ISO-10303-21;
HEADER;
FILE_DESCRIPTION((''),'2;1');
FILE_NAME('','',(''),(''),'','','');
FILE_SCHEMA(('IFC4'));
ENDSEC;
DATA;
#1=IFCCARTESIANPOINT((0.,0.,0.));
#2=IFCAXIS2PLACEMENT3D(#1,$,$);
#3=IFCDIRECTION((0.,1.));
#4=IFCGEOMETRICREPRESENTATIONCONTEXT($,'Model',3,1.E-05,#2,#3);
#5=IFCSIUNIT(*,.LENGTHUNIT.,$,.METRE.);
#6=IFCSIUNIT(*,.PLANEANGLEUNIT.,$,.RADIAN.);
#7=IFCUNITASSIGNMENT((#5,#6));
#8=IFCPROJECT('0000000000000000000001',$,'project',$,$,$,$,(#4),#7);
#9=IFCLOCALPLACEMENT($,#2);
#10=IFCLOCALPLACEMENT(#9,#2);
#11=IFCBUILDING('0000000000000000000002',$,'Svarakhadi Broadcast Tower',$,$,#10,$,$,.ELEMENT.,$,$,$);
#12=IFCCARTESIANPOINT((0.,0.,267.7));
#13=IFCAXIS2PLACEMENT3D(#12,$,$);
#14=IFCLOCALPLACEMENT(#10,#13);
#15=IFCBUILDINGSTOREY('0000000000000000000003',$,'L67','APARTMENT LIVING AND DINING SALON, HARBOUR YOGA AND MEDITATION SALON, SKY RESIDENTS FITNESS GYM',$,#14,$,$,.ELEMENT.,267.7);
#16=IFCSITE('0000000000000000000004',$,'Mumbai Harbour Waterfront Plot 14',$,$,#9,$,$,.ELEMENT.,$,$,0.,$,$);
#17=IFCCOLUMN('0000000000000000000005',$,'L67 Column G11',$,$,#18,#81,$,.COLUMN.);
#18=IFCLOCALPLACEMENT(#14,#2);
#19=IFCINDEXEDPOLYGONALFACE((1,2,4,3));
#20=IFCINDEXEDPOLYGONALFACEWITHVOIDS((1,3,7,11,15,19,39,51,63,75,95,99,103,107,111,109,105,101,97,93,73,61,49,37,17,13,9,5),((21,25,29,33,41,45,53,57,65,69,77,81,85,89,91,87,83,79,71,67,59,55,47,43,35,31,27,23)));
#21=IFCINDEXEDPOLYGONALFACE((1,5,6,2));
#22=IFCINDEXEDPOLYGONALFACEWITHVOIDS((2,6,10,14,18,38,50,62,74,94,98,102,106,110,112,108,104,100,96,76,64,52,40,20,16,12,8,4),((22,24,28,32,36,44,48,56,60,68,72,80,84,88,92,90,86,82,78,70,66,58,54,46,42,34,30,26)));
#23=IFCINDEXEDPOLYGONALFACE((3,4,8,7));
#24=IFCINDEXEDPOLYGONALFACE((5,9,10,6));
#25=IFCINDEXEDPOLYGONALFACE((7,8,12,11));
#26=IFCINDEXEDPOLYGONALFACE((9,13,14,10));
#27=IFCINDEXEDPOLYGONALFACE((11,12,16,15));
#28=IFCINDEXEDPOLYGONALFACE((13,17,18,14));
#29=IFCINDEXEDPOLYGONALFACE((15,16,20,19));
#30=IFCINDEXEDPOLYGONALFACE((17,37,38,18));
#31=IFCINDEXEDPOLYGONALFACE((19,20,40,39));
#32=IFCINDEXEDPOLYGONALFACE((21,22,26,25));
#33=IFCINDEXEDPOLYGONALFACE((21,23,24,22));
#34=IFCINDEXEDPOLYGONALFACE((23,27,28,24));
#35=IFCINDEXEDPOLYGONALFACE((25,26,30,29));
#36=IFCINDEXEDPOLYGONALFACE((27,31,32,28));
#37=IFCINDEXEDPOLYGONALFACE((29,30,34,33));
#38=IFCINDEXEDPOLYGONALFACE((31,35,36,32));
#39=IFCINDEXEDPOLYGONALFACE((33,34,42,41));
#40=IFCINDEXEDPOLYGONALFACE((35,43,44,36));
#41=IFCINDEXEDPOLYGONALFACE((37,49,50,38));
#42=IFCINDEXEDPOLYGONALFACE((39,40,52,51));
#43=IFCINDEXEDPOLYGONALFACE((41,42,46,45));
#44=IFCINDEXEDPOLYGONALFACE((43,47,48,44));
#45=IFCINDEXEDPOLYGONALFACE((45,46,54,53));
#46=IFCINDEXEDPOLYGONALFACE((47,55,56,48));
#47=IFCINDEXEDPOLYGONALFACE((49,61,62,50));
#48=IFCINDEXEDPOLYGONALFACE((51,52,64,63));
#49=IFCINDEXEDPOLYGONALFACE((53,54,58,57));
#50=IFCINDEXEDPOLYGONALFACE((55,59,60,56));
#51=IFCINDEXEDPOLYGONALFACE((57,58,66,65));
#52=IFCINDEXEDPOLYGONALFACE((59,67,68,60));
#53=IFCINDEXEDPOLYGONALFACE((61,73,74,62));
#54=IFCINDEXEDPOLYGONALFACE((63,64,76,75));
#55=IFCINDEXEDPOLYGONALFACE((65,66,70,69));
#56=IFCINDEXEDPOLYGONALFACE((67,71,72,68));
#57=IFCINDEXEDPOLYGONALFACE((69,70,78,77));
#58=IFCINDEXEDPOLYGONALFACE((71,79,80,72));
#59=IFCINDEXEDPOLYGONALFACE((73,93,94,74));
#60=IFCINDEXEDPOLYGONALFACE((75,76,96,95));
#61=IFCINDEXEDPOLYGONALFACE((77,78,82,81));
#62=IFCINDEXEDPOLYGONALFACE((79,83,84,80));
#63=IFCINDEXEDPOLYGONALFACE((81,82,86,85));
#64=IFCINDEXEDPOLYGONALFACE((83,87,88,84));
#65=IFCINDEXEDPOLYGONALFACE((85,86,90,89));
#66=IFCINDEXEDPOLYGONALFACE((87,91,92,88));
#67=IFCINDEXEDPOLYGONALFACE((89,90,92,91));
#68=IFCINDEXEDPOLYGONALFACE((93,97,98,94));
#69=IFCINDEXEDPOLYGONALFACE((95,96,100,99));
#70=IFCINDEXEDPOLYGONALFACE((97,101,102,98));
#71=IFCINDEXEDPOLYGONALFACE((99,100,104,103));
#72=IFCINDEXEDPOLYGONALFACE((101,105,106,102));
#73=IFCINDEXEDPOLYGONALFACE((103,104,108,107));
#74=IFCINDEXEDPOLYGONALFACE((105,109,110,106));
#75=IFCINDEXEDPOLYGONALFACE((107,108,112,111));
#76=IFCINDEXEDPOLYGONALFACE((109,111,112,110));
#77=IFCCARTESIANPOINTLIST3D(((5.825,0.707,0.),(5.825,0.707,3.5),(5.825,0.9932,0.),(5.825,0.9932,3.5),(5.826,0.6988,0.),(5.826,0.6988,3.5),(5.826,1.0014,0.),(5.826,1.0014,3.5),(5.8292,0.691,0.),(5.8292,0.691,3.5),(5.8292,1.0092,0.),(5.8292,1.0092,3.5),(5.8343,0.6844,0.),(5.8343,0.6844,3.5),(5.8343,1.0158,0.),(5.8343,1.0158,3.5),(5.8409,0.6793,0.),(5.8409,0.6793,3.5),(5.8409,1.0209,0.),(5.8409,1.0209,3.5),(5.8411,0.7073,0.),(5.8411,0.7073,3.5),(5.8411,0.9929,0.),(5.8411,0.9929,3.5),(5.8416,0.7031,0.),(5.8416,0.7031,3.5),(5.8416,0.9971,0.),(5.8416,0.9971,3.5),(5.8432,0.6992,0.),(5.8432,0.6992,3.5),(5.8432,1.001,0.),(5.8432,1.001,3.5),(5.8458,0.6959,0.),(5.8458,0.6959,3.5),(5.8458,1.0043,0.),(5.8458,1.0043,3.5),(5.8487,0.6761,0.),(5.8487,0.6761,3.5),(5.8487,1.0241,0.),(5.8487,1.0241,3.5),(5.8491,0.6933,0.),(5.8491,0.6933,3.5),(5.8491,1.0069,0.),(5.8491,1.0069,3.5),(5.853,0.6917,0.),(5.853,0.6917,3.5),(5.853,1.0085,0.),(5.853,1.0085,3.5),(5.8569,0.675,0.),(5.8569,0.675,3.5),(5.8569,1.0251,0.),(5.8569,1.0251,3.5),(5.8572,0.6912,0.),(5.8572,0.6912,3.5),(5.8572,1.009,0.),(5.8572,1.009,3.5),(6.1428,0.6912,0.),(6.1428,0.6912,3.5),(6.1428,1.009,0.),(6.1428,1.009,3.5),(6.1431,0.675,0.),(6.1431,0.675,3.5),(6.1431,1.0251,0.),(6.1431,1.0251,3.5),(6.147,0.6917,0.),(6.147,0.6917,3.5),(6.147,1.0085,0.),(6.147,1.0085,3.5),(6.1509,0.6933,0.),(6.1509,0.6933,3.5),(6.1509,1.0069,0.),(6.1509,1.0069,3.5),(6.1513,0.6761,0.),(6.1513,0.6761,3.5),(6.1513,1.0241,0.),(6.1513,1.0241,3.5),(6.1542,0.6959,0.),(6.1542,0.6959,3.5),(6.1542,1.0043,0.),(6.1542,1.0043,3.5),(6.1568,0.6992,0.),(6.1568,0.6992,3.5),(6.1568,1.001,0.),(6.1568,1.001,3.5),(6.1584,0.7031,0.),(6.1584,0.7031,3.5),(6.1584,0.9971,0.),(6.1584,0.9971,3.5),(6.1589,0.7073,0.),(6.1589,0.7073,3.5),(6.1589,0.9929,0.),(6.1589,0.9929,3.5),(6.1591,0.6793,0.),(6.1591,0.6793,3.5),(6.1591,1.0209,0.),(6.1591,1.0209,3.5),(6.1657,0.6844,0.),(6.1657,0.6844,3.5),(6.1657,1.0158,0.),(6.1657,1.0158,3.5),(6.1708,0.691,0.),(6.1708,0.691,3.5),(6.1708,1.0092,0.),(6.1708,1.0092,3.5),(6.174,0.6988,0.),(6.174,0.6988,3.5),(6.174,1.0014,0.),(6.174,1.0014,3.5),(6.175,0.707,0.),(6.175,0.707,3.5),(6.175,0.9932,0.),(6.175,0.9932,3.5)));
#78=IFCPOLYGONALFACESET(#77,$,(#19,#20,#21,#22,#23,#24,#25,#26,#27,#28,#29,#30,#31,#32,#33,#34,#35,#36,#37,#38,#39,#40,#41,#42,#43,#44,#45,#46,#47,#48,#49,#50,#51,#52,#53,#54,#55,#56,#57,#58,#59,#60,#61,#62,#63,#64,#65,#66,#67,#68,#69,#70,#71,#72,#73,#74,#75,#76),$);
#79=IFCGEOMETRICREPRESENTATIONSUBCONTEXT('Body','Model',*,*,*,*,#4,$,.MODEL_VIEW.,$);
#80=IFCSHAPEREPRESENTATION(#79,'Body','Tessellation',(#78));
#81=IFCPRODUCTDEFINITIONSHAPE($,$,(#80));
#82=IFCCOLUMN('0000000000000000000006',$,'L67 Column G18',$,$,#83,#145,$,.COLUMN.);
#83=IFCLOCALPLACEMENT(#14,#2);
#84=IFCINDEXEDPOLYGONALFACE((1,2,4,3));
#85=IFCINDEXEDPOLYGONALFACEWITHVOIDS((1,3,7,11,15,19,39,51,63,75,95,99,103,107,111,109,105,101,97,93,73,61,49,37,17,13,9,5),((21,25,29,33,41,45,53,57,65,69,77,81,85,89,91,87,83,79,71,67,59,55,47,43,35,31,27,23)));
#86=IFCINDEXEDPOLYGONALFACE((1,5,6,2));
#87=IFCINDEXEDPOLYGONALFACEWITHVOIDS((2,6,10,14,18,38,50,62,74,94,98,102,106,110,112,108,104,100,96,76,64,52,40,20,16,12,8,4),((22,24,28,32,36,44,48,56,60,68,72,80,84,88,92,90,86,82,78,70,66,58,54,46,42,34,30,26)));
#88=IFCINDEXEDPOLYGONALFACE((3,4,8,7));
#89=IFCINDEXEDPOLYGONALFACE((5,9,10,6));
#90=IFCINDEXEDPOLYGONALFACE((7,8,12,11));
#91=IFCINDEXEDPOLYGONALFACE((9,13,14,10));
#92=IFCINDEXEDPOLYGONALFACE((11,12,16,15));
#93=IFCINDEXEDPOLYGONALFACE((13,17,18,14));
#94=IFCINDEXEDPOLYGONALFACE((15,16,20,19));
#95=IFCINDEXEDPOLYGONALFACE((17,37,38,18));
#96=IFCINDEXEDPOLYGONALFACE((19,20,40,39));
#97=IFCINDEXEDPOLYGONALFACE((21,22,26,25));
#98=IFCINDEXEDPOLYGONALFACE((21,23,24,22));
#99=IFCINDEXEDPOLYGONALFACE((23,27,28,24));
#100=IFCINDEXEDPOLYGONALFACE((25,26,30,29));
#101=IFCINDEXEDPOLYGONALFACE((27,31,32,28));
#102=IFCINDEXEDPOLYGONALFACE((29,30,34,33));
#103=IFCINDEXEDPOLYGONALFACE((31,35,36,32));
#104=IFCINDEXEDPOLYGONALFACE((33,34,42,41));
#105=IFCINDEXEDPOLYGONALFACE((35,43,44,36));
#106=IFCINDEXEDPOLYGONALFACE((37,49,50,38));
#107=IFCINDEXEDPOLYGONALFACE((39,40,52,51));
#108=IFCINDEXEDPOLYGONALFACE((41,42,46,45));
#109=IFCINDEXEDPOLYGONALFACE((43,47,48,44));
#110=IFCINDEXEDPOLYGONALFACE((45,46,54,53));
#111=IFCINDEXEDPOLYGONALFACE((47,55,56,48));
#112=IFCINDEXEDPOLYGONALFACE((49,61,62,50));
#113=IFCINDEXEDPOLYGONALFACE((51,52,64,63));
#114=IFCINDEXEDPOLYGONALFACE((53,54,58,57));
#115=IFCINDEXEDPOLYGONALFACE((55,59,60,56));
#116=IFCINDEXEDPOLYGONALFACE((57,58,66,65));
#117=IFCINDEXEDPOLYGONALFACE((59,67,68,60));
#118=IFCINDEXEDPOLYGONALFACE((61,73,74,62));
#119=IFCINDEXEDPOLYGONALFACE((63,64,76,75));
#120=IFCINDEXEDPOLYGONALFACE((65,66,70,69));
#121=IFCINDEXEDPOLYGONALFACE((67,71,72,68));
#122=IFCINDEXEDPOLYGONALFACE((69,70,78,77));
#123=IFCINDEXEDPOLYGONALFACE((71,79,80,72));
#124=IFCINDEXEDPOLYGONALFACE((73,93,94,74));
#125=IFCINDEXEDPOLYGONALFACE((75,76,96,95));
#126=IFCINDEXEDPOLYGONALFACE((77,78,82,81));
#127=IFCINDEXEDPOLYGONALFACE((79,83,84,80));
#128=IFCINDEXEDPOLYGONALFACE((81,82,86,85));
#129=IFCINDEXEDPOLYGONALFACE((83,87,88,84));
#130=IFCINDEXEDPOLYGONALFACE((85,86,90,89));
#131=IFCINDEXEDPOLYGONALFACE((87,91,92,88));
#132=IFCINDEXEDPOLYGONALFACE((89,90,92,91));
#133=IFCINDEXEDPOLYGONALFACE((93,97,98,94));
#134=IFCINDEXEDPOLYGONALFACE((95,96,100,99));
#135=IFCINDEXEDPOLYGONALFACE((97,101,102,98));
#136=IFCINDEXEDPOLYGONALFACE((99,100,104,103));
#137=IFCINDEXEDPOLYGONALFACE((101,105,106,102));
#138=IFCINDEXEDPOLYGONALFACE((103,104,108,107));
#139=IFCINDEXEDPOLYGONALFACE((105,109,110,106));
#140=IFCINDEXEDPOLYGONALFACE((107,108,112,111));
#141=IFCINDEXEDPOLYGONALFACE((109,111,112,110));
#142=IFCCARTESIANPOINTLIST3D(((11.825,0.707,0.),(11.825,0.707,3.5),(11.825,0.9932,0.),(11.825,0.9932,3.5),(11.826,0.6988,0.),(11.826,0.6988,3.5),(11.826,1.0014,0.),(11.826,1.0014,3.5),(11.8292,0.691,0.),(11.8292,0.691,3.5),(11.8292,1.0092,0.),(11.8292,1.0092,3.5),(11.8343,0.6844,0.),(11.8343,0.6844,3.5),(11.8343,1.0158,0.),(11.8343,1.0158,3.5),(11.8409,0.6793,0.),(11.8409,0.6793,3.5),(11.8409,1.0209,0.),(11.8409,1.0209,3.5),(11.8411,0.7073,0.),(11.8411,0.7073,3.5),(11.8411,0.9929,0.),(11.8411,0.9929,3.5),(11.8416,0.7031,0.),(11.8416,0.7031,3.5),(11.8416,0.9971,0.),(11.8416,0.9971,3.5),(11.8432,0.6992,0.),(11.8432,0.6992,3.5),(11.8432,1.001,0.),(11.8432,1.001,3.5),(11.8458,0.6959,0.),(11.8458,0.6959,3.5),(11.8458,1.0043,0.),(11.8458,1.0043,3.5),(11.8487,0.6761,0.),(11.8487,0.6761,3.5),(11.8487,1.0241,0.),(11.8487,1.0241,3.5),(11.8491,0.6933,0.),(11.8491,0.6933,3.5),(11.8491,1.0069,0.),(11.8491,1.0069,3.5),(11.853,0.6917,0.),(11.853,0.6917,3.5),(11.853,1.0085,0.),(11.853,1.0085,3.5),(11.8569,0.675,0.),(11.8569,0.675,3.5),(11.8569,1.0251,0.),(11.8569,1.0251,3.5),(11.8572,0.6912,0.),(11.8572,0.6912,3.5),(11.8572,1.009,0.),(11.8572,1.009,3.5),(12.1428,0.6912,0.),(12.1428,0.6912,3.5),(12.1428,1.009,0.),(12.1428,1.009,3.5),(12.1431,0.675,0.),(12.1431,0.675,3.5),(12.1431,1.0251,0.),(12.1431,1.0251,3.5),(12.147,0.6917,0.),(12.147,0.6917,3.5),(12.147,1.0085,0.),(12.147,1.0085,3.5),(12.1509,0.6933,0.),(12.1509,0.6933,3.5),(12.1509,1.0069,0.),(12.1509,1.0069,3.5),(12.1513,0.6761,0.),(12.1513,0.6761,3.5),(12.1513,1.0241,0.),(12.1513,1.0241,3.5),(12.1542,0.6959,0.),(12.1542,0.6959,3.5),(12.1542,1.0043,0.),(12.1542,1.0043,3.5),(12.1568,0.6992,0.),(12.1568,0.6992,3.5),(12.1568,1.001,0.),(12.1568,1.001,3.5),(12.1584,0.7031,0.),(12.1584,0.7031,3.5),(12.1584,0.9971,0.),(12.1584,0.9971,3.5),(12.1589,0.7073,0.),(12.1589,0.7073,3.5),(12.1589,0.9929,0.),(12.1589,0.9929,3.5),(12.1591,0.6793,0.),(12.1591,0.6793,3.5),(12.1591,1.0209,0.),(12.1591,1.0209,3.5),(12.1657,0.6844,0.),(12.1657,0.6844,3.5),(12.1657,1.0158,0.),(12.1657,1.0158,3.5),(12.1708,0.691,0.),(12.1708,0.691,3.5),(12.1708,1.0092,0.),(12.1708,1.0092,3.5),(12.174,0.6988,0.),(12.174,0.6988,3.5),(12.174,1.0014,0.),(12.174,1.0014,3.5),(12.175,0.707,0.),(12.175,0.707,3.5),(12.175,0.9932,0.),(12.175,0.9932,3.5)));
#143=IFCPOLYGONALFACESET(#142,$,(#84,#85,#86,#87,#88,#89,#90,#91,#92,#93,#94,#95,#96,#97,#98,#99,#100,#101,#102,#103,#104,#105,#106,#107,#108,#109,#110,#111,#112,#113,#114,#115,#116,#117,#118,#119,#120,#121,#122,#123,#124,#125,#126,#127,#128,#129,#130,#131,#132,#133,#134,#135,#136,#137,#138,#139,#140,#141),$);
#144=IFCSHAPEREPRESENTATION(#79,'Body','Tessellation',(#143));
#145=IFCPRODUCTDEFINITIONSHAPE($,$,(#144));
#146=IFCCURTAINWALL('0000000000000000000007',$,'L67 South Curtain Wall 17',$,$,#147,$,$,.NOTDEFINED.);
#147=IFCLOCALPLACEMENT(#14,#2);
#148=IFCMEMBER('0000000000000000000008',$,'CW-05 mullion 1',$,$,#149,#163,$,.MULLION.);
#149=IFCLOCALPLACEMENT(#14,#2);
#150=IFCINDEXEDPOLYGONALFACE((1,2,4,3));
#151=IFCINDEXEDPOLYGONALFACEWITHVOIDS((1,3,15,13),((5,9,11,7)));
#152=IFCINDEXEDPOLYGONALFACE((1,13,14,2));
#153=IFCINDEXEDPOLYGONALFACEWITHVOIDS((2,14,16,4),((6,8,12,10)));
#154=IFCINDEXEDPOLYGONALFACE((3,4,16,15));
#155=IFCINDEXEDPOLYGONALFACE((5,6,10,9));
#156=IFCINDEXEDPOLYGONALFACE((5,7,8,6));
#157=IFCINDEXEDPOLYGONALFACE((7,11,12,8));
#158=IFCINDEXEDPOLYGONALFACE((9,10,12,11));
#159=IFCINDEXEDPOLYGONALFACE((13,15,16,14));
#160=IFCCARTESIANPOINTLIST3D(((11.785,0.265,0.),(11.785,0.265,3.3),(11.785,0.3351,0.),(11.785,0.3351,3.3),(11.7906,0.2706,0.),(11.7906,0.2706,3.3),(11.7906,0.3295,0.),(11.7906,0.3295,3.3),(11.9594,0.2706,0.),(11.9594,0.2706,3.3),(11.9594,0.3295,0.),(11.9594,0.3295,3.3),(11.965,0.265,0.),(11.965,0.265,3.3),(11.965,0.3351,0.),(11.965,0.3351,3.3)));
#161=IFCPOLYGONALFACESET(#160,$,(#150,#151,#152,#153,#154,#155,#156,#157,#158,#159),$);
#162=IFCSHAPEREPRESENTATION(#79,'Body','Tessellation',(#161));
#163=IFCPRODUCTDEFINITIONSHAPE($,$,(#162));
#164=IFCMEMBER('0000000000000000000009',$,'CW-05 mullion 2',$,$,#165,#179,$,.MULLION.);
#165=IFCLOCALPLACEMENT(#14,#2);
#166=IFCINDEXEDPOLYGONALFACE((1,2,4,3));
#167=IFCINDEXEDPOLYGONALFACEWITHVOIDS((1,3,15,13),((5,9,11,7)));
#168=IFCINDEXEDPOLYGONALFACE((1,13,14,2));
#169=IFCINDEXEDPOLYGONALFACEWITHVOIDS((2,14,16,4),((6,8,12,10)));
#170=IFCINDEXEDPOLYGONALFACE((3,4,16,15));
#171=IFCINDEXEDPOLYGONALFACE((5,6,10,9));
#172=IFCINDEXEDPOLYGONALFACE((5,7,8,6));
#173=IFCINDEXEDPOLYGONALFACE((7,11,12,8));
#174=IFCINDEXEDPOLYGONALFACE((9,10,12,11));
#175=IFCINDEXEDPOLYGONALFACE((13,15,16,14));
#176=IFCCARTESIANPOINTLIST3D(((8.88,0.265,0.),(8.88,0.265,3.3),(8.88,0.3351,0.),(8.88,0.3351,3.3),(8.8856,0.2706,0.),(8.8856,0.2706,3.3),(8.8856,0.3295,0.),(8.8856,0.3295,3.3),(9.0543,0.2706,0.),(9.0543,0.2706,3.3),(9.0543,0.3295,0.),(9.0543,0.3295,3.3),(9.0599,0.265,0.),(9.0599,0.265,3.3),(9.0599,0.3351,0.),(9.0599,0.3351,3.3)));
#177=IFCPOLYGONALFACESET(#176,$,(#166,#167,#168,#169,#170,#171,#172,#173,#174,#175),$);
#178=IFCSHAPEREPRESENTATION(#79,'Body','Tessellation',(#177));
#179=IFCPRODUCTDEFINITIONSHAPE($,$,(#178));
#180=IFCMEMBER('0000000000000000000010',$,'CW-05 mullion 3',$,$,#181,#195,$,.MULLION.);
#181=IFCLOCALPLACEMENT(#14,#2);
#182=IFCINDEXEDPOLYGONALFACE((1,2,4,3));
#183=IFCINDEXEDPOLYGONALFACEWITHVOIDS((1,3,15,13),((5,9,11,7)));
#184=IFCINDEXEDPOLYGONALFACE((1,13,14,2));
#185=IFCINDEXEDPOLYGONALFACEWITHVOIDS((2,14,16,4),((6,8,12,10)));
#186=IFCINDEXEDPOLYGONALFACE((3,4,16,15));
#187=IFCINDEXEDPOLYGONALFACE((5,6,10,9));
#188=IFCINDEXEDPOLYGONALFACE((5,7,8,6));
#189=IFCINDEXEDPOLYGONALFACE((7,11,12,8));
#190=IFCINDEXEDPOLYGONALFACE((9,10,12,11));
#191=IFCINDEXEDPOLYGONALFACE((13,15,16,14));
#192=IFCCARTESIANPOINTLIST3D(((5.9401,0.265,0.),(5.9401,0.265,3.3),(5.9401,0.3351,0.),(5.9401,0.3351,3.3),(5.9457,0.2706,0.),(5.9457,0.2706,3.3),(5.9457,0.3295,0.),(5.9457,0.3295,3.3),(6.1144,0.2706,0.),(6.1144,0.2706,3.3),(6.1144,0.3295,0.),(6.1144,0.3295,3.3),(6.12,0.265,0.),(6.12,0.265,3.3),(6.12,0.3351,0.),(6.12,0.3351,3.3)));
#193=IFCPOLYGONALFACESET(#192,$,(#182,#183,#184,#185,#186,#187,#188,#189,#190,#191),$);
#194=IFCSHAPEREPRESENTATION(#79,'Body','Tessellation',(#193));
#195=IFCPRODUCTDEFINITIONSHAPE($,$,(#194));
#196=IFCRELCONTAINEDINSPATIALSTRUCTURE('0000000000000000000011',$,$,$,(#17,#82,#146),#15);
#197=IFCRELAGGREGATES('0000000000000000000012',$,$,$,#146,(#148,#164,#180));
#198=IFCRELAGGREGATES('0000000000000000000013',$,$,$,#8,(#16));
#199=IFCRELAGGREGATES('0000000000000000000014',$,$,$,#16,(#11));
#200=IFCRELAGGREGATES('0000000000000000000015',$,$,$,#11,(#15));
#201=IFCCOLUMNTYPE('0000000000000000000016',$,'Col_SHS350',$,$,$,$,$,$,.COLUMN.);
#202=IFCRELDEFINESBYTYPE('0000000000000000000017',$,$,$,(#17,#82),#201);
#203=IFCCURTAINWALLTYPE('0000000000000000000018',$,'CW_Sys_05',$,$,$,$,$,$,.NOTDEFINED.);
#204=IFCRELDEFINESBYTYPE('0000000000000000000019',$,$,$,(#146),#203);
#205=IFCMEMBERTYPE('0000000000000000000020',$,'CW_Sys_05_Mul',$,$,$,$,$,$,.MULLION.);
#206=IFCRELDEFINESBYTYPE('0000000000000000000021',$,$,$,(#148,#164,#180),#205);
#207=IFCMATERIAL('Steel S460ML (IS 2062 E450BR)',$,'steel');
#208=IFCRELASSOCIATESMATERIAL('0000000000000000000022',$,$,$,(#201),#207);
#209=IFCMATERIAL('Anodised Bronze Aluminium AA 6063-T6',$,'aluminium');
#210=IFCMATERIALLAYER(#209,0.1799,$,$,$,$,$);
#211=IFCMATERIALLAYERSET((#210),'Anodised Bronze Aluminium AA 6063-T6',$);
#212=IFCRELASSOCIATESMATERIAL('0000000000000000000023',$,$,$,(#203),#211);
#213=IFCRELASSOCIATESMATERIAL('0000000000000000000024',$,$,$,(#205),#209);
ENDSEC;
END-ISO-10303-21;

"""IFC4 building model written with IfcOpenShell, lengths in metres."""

from ifc_helpers import new_model, si_unit, direction, frame, origin, origin_2d, place, context, subcontext, project, spatial, hollow_rectangle, extrude, material, layer, layer_set, material_profile, profile_set, type_object, element, aggregate, save


model = new_model("IFC4")

# Units and contexts
model_context = context("Model", 3, precision=1e-05, world=origin(), true_north=direction((0.0, 1.0)))
body_context = subcontext(model_context, "Body", "Model", "MODEL_VIEW")
ifc_project = project(units=[si_unit("LENGTHUNIT", "METRE"), si_unit("PLANEANGLEUNIT", "RADIAN")], contexts=[model_context])

# Site, building, storey
site_placement = place(None, origin())
site = spatial("IfcSite", under=ifc_project, at=site_placement, Name="Mumbai Harbour Waterfront Plot 14", CompositionType="ELEMENT", RefElevation=0.0)
building_placement = place(site_placement, origin())
building = spatial("IfcBuilding", under=site, at=building_placement, Name="Svarakhadi Broadcast Tower", CompositionType="ELEMENT")
storey_placement = place(building_placement, frame((0.0, 0.0, 267.7)))
storey = spatial("IfcBuildingStorey", under=building, at=storey_placement, Name="L67", Description="APARTMENT LIVING AND DINING SALON, HARBOUR YOGA AND MEDITATION SALON, SKY RESIDENTS FITNESS GYM", CompositionType="ELEMENT", Elevation=267.7)

# Columns
ifc_material_1 = material(Name="Steel S460ML (IS 2062 E450BR)", Category="steel")
ifc_material_profile_1 = material_profile(ifc_material_1, hollow_rectangle(XDim=0.3501, YDim=0.3501, WallThickness=0.0161, InnerFilletRadius=0.0161, OuterFilletRadius=0.032, at=origin_2d()), Name="SHS 350x350x16")
ifc_profile_set_1 = profile_set([ifc_material_profile_1], Name="Steel S460ML (IS 2062 E450BR)")
column_type = type_object("IfcColumnType", Name="Col_SHS350", PredefinedType="COLUMN", material=ifc_profile_set_1)
for number, where, z_axis, x_axis, name in (
    (1, (6.0, 0.8501, 0.0), (0.0, 0.0, 1.0), (1.0, 0.0, 0.0), "L67 Column G11"),
    (2, (12.0, 0.8501, 0.0), (0.0, 0.0, 1.0), (1.0, 0.0, 0.0), "L67 Column G18"),
):
    element("IfcColumn", number, at=place(storey_placement, frame(where, z_axis=z_axis, x_axis=x_axis)), inside=storey, type_object=column_type, Name=name, PredefinedType="COLUMN", context=body_context, shape_type="SweptSolid", body=[
        extrude(hollow_rectangle(XDim=0.3501, YDim=0.3501, WallThickness=0.0161, InnerFilletRadius=0.0161, OuterFilletRadius=0.032, at=origin_2d()), origin(), (0.0, 0.0, 1.0), 3.5),
    ])

# Curtain wall, members
ifc_material_2 = material(Name="Anodised Bronze Aluminium AA 6063-T6", Category="aluminium")
ifc_layer_1 = layer(ifc_material_2, 0.1799)
ifc_layer_set_1 = layer_set([ifc_layer_1], Name="Anodised Bronze Aluminium AA 6063-T6")
curtain_wall_type = type_object("IfcCurtainWallType", Name="CW_Sys_05", PredefinedType="NOTDEFINED", material=ifc_layer_set_1)
curtain_wall_placement = place(storey_placement, origin())
curtain_wall = element("IfcCurtainWall", 3, at=curtain_wall_placement, inside=storey, type_object=curtain_wall_type, Name="L67 South Curtain Wall 17", PredefinedType="NOTDEFINED")
ifc_material_profile_2 = material_profile(ifc_material_2, hollow_rectangle(XDim=0.0701, YDim=0.1799, WallThickness=0.0056, at=origin_2d()), Name="ALU MULLION 180x70x6")
ifc_profile_set_2 = profile_set([ifc_material_profile_2], Name="Anodised Bronze Aluminium AA 6063-T6")
member_type_1 = type_object("IfcMemberType", Name="CW_Sys_05_Mul", PredefinedType="MULLION", material=ifc_profile_set_2)
member_1_placement = place(storey_placement, frame((11.875, 0.3, 0.0), z_axis=(0.0, 0.0, 1.0), x_axis=(0.0, -1.0, 0.0)))
member_1 = element("IfcMember", 4, at=member_1_placement, type_object=member_type_1, Name="CW-05 mullion 1", PredefinedType="MULLION", context=body_context, shape_type="SweptSolid", body=[
    extrude(hollow_rectangle(XDim=0.0701, YDim=0.1799, WallThickness=0.0056, at=origin_2d()), origin(), (0.0, 0.0, 1.0), 3.3),
])
member_2_placement = place(storey_placement, frame((8.97, 0.3, 0.0), z_axis=(0.0, 0.0, 1.0), x_axis=(0.0, -1.0, 0.0)))
member_2 = element("IfcMember", 5, at=member_2_placement, type_object=member_type_1, Name="CW-05 mullion 2", PredefinedType="MULLION", context=body_context, shape_type="SweptSolid", body=[
    extrude(hollow_rectangle(XDim=0.0701, YDim=0.1799, WallThickness=0.0056, at=origin_2d()), origin(), (0.0, 0.0, 1.0), 3.3),
])
member_3_placement = place(storey_placement, frame((6.03, 0.3, 0.0), z_axis=(0.0, 0.0, 1.0), x_axis=(0.0, -1.0, 0.0)))
member_3 = element("IfcMember", 6, at=member_3_placement, type_object=member_type_1, Name="CW-05 mullion 3", PredefinedType="MULLION", context=body_context, shape_type="SweptSolid", body=[
    extrude(hollow_rectangle(XDim=0.0701, YDim=0.1799, WallThickness=0.0056, at=origin_2d()), origin(), (0.0, 0.0, 1.0), 3.3),
])

aggregate(curtain_wall, [member_1, member_2, member_3])

save(model, "model.ifc")
